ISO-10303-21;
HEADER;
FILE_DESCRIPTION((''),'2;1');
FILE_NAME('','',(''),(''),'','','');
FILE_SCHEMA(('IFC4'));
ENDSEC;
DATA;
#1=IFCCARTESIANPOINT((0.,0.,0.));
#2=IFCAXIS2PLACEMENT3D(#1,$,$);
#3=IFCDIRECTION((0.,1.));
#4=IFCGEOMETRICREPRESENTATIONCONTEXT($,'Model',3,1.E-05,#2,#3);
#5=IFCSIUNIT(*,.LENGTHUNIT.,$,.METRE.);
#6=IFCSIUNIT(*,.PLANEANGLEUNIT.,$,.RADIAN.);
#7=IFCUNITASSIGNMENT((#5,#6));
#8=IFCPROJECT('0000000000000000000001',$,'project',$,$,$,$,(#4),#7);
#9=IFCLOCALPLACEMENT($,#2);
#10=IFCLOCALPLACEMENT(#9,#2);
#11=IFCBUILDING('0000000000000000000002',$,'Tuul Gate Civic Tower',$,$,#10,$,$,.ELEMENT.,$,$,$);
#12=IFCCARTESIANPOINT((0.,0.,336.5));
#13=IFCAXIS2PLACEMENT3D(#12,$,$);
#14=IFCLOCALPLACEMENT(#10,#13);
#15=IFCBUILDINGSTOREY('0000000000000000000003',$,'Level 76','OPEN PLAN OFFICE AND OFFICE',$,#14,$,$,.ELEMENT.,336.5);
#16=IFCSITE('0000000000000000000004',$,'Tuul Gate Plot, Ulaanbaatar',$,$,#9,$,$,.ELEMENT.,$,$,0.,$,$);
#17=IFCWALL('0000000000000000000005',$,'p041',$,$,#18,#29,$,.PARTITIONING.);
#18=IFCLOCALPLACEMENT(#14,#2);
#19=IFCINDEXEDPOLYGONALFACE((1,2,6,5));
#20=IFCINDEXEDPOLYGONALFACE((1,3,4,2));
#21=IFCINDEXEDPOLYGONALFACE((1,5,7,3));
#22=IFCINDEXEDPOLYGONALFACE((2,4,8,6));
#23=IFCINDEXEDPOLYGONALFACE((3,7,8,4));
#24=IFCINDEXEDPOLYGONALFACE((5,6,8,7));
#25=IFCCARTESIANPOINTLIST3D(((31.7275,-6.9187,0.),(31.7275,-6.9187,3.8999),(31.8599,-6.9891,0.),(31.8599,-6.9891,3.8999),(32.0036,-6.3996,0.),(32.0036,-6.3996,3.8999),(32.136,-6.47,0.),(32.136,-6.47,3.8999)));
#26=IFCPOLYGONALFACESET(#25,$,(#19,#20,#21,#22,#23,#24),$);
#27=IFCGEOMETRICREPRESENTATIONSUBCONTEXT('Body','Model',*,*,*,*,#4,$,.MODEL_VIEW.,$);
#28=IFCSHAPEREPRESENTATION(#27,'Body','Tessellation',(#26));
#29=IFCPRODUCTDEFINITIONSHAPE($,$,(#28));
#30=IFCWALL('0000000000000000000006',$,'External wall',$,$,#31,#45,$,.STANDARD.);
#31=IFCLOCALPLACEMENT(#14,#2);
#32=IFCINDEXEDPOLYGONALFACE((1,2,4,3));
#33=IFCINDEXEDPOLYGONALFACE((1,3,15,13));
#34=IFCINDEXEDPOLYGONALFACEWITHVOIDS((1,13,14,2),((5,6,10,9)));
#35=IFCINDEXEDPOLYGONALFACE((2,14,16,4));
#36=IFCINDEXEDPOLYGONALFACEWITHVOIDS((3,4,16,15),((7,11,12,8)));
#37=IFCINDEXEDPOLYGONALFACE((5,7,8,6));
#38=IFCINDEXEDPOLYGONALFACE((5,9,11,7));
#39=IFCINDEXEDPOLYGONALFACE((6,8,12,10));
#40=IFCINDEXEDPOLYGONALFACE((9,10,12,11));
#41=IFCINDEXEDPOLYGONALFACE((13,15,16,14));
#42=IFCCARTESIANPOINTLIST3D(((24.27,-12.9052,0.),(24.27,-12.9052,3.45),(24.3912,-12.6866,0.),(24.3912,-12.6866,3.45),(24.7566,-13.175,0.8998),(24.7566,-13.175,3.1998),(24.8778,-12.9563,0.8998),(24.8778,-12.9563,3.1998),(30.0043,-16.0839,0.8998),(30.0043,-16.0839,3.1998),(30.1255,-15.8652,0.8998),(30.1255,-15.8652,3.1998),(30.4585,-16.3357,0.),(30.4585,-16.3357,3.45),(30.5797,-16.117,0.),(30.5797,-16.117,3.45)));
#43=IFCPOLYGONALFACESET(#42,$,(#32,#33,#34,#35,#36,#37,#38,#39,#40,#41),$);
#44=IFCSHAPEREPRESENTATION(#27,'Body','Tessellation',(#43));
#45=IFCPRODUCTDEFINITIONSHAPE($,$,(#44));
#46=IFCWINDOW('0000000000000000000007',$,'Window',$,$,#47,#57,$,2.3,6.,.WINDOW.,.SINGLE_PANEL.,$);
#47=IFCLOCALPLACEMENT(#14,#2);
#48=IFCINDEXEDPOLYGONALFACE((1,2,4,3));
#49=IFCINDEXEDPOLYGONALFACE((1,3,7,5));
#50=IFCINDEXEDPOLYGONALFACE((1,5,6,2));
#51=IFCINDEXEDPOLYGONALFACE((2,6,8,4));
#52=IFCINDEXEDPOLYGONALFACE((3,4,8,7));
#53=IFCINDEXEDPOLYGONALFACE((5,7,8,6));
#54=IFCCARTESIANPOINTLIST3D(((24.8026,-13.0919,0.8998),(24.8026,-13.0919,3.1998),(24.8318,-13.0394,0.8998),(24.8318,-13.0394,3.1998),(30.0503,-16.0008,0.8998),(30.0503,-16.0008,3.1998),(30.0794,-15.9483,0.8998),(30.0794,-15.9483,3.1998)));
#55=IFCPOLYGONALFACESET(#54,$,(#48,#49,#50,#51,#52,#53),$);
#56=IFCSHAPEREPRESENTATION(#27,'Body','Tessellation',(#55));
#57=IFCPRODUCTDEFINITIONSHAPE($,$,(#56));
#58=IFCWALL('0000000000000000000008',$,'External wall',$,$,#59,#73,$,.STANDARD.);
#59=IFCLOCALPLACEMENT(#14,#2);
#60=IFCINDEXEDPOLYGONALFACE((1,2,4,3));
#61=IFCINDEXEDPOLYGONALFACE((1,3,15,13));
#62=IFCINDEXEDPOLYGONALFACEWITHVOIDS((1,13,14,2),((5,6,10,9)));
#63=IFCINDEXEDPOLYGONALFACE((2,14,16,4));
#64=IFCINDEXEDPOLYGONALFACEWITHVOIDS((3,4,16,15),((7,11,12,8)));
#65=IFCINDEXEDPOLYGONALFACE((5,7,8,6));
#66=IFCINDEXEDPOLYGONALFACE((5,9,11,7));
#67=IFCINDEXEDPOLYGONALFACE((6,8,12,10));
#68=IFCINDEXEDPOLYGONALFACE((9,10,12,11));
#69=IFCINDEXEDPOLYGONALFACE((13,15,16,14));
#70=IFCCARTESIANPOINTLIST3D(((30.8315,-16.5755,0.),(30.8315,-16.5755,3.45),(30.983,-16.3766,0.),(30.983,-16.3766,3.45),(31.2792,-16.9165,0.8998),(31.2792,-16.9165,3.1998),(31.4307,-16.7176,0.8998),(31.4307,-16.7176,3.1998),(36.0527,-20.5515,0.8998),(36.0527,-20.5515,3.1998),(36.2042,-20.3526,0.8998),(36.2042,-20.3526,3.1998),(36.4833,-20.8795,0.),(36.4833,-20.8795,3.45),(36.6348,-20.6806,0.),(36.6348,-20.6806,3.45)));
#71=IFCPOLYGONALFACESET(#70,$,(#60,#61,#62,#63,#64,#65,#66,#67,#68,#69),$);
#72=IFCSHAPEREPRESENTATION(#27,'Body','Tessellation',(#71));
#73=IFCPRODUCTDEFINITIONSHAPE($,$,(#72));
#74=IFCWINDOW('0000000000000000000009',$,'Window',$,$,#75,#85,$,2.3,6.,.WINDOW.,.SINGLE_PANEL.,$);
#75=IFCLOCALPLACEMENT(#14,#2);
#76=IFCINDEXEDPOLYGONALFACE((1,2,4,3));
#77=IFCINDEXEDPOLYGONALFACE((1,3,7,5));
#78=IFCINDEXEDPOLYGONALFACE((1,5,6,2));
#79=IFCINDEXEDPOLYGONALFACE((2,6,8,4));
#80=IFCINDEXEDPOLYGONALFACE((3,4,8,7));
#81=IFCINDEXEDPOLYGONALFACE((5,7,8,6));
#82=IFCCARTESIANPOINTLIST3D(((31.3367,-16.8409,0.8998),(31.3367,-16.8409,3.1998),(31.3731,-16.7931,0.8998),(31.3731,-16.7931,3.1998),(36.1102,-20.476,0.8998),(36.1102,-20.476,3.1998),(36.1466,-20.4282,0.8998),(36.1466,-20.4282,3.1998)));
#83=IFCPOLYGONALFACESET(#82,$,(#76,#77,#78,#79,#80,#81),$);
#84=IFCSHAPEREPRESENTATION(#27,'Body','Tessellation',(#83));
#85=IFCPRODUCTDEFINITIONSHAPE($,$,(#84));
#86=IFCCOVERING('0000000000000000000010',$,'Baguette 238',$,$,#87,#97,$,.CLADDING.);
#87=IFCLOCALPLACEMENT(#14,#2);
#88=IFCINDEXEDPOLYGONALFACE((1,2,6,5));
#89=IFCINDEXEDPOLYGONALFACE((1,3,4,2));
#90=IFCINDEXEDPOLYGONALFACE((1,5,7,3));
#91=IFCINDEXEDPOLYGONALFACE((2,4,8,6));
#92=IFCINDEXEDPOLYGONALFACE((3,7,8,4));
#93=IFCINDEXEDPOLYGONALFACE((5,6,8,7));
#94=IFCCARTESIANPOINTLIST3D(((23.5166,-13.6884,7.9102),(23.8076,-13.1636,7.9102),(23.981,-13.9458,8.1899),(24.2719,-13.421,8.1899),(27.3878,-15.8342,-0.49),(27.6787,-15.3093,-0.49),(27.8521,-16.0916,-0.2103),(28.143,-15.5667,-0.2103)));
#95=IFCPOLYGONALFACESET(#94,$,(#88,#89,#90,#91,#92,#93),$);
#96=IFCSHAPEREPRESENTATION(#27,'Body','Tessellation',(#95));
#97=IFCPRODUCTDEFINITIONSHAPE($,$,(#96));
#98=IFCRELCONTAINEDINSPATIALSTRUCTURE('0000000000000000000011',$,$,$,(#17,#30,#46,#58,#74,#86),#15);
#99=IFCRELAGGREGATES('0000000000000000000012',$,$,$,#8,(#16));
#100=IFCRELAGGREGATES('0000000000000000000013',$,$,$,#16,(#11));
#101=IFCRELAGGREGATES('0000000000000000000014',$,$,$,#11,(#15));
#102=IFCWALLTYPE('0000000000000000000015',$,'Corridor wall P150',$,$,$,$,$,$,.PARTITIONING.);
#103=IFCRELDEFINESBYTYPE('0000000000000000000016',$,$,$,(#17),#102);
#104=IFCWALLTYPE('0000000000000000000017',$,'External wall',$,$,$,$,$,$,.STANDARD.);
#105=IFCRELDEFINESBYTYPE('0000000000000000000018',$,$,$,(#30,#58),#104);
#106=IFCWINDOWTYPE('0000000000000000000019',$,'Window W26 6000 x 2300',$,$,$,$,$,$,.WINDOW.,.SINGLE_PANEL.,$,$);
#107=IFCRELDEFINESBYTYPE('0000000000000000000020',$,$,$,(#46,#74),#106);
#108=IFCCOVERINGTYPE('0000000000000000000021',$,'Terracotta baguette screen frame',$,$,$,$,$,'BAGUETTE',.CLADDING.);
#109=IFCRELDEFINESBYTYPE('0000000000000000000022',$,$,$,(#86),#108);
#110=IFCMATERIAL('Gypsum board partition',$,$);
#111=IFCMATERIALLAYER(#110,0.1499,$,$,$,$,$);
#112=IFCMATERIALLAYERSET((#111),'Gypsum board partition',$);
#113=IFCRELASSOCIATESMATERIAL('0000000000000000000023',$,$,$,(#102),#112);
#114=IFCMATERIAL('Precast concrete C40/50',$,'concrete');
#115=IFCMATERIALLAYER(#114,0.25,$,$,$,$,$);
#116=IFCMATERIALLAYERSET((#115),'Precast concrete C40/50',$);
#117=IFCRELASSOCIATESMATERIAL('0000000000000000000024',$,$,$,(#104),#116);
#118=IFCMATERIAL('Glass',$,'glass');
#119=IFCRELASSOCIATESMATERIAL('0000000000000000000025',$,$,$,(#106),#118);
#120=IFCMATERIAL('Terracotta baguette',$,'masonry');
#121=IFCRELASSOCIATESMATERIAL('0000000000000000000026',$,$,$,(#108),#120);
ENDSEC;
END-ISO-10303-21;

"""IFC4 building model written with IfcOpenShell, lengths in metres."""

from ifc_helpers import new_model, si_unit, direction, frame, frame_2d, origin, origin_2d, place, context, subcontext, project, spatial, rectangle, extrude, material, layer, layer_set, material_profile, profile_set, type_object, element, fill, save


model = new_model("IFC4")

# Units and contexts
model_context = context("Model", 3, precision=1e-05, world=origin(), true_north=direction((0.0, 1.0)))
body_context = subcontext(model_context, "Body", "Model", "MODEL_VIEW")
ifc_project = project(units=[si_unit("LENGTHUNIT", "METRE"), si_unit("PLANEANGLEUNIT", "RADIAN")], contexts=[model_context])

# Site, building, storey
site_placement = place(None, origin())
site = spatial("IfcSite", under=ifc_project, at=site_placement, Name="Tuul Gate Plot, Ulaanbaatar", CompositionType="ELEMENT", RefElevation=0.0)
building_placement = place(site_placement, origin())
building = spatial("IfcBuilding", under=site, at=building_placement, Name="Tuul Gate Civic Tower", CompositionType="ELEMENT")
storey_placement = place(building_placement, frame((0.0, 0.0, 336.5)))
storey = spatial("IfcBuildingStorey", under=building, at=storey_placement, Name="Level 76", Description="OPEN PLAN OFFICE AND OFFICE", CompositionType="ELEMENT", Elevation=336.5)

# Shared definitions
ifc_material_1 = material(Name="Gypsum board partition")
ifc_layer_1 = layer(ifc_material_1, 0.1499)
ifc_layer_set_1 = layer_set([ifc_layer_1], Name="Gypsum board partition")
wall_type_1 = type_object("IfcWallType", Name="Corridor wall P150", PredefinedType="PARTITIONING", material=ifc_layer_set_1)

# Wall
wall_1_placement = place(storey_placement, frame((31.7937, -6.9539, 0.0), z_axis=(0.0, 0.0, 1.0), x_axis=(0.469661, 0.882847, 0.0)))
element("IfcWall", 1, at=wall_1_placement, inside=storey, type_object=wall_type_1, Name="p041", PredefinedType="PARTITIONING", context=body_context, shape_type="SweptSolid", body=[
    extrude(rectangle(XDim=0.5879, YDim=0.1499, at=frame_2d((0.2939, 0.0))), origin(), (0.0, 0.0, 1.0), 3.8999),
])

# Walls, openings, windows
ifc_material_2 = material(Name="Precast concrete C40/50", Category="concrete")
ifc_layer_2 = layer(ifc_material_2, 0.25)
ifc_layer_set_2 = layer_set([ifc_layer_2], Name="Precast concrete C40/50")
wall_type_2 = type_object("IfcWallType", Name="External wall", PredefinedType="STANDARD", material=ifc_layer_set_2)
wall_2_placement = place(storey_placement, frame((24.3306, -12.7959, 0.0), z_axis=(0.0, 0.0, 1.0), x_axis=(0.874614, -0.484819, 0.0)))
wall_2 = element("IfcWall", 2, at=wall_2_placement, inside=storey, type_object=wall_type_2, Name="External wall", PredefinedType="STANDARD", context=body_context, shape_type="SweptSolid", body=[
    extrude(rectangle(XDim=7.0757, YDim=0.25, at=frame_2d((3.5378, 0.0))), origin(), (0.0, 0.0, 1.0), 3.45),
])
opening_1_placement = place(wall_2_placement, frame((0.5564, 0.0, 0.8999)))
opening_1 = element("IfcOpeningElement", 3, at=opening_1_placement, cuts=wall_2, PredefinedType="OPENING", context=body_context, shape_type="SweptSolid", body=[
    extrude(rectangle(XDim=6.0, YDim=2.3, at=frame_2d((3.0, 1.1499))), frame((0.0, 0.135, 0.0), z_axis=(0.0, -1.0, 0.0), x_axis=(1.0, 0.0, 0.0)), (0.0, 0.0, 1.0), 0.27),
])
ifc_material_3 = material(Name="Glass", Category="glass")
window_type = type_object("IfcWindowType", Name="Window W26 6000 x 2300", PartitioningType="SINGLE_PANEL", PredefinedType="WINDOW", material=ifc_material_3)
window_1_placement = place(opening_1_placement, origin())
window_1 = element("IfcWindow", 4, at=window_1_placement, inside=storey, type_object=window_type, Name="Window", OverallHeight=2.3, OverallWidth=6.0, PartitioningType="SINGLE_PANEL", PredefinedType="WINDOW", context=body_context, shape_type="SweptSolid", body=[
    extrude(rectangle(XDim=6.0, YDim=2.3, at=frame_2d((3.0, 1.1499))), frame((0.0, 0.03, 0.0), z_axis=(0.0, -1.0, 0.0), x_axis=(1.0, 0.0, 0.0)), (0.0, 0.0, 1.0), 0.0601),
])
fill(opening_1, window_1)
wall_3_placement = place(storey_placement, frame((30.9072, -16.4761, 0.0), z_axis=(0.0, 0.0, 1.0), x_axis=(0.795582, -0.605845, 0.0)))
wall_3 = element("IfcWall", 5, at=wall_3_placement, inside=storey, type_object=wall_type_2, Name="External wall", PredefinedType="STANDARD", context=body_context, shape_type="SweptSolid", body=[
    extrude(rectangle(XDim=7.104, YDim=0.25, at=frame_2d((3.552, 0.0))), origin(), (0.0, 0.0, 1.0), 3.45),
])
opening_2_placement = place(wall_3_placement, frame((0.5627, 0.0, 0.8999)))
opening_2 = element("IfcOpeningElement", 6, at=opening_2_placement, cuts=wall_3, PredefinedType="OPENING", context=body_context, shape_type="SweptSolid", body=[
    extrude(rectangle(XDim=6.0, YDim=2.3, at=frame_2d((3.0, 1.1499))), frame((0.0, 0.135, 0.0), z_axis=(0.0, -1.0, 0.0), x_axis=(1.0, 0.0, 0.0)), (0.0, 0.0, 1.0), 0.27),
])
window_2_placement = place(opening_2_placement, origin())
window_2 = element("IfcWindow", 7, at=window_2_placement, inside=storey, type_object=window_type, Name="Window", OverallHeight=2.3, OverallWidth=6.0, PartitioningType="SINGLE_PANEL", PredefinedType="WINDOW", context=body_context, shape_type="SweptSolid", body=[
    extrude(rectangle(XDim=6.0, YDim=2.3, at=frame_2d((3.0, 1.1499))), frame((0.0, 0.03, 0.0), z_axis=(0.0, -1.0, 0.0), x_axis=(1.0, 0.0, 0.0)), (0.0, 0.0, 1.0), 0.0601),
])
fill(opening_2, window_2)

# Covering
ifc_material_4 = material(Name="Terracotta baguette", Category="masonry")
ifc_material_profile_1 = material_profile(ifc_material_4, rectangle(XDim=0.6001, YDim=0.6001, at=origin_2d()), Name="Terracotta baguette screen frame")
ifc_profile_set_1 = profile_set([ifc_material_profile_1], Name="Terracotta baguette")
covering_type = type_object("IfcCoveringType", Name="Terracotta baguette screen frame", ElementType="BAGUETTE", PredefinedType="CLADDING", material=ifc_profile_set_1)
covering_placement = place(storey_placement, frame((23.8943, -13.5547, 8.05), z_axis=(0.407705, -0.225991, -0.884706), x_axis=(0.484804, 0.874623, 0.0)))
element("IfcCovering", 8, at=covering_placement, inside=storey, type_object=covering_type, Name="Baguette 238", PredefinedType="CLADDING", context=body_context, shape_type="SweptSolid", body=[
    extrude(rectangle(XDim=0.6001, YDim=0.6001, at=origin_2d()), origin(), (0.0, 0.0, 1.0), 9.4949),
])

save(model, "model.ifc")
